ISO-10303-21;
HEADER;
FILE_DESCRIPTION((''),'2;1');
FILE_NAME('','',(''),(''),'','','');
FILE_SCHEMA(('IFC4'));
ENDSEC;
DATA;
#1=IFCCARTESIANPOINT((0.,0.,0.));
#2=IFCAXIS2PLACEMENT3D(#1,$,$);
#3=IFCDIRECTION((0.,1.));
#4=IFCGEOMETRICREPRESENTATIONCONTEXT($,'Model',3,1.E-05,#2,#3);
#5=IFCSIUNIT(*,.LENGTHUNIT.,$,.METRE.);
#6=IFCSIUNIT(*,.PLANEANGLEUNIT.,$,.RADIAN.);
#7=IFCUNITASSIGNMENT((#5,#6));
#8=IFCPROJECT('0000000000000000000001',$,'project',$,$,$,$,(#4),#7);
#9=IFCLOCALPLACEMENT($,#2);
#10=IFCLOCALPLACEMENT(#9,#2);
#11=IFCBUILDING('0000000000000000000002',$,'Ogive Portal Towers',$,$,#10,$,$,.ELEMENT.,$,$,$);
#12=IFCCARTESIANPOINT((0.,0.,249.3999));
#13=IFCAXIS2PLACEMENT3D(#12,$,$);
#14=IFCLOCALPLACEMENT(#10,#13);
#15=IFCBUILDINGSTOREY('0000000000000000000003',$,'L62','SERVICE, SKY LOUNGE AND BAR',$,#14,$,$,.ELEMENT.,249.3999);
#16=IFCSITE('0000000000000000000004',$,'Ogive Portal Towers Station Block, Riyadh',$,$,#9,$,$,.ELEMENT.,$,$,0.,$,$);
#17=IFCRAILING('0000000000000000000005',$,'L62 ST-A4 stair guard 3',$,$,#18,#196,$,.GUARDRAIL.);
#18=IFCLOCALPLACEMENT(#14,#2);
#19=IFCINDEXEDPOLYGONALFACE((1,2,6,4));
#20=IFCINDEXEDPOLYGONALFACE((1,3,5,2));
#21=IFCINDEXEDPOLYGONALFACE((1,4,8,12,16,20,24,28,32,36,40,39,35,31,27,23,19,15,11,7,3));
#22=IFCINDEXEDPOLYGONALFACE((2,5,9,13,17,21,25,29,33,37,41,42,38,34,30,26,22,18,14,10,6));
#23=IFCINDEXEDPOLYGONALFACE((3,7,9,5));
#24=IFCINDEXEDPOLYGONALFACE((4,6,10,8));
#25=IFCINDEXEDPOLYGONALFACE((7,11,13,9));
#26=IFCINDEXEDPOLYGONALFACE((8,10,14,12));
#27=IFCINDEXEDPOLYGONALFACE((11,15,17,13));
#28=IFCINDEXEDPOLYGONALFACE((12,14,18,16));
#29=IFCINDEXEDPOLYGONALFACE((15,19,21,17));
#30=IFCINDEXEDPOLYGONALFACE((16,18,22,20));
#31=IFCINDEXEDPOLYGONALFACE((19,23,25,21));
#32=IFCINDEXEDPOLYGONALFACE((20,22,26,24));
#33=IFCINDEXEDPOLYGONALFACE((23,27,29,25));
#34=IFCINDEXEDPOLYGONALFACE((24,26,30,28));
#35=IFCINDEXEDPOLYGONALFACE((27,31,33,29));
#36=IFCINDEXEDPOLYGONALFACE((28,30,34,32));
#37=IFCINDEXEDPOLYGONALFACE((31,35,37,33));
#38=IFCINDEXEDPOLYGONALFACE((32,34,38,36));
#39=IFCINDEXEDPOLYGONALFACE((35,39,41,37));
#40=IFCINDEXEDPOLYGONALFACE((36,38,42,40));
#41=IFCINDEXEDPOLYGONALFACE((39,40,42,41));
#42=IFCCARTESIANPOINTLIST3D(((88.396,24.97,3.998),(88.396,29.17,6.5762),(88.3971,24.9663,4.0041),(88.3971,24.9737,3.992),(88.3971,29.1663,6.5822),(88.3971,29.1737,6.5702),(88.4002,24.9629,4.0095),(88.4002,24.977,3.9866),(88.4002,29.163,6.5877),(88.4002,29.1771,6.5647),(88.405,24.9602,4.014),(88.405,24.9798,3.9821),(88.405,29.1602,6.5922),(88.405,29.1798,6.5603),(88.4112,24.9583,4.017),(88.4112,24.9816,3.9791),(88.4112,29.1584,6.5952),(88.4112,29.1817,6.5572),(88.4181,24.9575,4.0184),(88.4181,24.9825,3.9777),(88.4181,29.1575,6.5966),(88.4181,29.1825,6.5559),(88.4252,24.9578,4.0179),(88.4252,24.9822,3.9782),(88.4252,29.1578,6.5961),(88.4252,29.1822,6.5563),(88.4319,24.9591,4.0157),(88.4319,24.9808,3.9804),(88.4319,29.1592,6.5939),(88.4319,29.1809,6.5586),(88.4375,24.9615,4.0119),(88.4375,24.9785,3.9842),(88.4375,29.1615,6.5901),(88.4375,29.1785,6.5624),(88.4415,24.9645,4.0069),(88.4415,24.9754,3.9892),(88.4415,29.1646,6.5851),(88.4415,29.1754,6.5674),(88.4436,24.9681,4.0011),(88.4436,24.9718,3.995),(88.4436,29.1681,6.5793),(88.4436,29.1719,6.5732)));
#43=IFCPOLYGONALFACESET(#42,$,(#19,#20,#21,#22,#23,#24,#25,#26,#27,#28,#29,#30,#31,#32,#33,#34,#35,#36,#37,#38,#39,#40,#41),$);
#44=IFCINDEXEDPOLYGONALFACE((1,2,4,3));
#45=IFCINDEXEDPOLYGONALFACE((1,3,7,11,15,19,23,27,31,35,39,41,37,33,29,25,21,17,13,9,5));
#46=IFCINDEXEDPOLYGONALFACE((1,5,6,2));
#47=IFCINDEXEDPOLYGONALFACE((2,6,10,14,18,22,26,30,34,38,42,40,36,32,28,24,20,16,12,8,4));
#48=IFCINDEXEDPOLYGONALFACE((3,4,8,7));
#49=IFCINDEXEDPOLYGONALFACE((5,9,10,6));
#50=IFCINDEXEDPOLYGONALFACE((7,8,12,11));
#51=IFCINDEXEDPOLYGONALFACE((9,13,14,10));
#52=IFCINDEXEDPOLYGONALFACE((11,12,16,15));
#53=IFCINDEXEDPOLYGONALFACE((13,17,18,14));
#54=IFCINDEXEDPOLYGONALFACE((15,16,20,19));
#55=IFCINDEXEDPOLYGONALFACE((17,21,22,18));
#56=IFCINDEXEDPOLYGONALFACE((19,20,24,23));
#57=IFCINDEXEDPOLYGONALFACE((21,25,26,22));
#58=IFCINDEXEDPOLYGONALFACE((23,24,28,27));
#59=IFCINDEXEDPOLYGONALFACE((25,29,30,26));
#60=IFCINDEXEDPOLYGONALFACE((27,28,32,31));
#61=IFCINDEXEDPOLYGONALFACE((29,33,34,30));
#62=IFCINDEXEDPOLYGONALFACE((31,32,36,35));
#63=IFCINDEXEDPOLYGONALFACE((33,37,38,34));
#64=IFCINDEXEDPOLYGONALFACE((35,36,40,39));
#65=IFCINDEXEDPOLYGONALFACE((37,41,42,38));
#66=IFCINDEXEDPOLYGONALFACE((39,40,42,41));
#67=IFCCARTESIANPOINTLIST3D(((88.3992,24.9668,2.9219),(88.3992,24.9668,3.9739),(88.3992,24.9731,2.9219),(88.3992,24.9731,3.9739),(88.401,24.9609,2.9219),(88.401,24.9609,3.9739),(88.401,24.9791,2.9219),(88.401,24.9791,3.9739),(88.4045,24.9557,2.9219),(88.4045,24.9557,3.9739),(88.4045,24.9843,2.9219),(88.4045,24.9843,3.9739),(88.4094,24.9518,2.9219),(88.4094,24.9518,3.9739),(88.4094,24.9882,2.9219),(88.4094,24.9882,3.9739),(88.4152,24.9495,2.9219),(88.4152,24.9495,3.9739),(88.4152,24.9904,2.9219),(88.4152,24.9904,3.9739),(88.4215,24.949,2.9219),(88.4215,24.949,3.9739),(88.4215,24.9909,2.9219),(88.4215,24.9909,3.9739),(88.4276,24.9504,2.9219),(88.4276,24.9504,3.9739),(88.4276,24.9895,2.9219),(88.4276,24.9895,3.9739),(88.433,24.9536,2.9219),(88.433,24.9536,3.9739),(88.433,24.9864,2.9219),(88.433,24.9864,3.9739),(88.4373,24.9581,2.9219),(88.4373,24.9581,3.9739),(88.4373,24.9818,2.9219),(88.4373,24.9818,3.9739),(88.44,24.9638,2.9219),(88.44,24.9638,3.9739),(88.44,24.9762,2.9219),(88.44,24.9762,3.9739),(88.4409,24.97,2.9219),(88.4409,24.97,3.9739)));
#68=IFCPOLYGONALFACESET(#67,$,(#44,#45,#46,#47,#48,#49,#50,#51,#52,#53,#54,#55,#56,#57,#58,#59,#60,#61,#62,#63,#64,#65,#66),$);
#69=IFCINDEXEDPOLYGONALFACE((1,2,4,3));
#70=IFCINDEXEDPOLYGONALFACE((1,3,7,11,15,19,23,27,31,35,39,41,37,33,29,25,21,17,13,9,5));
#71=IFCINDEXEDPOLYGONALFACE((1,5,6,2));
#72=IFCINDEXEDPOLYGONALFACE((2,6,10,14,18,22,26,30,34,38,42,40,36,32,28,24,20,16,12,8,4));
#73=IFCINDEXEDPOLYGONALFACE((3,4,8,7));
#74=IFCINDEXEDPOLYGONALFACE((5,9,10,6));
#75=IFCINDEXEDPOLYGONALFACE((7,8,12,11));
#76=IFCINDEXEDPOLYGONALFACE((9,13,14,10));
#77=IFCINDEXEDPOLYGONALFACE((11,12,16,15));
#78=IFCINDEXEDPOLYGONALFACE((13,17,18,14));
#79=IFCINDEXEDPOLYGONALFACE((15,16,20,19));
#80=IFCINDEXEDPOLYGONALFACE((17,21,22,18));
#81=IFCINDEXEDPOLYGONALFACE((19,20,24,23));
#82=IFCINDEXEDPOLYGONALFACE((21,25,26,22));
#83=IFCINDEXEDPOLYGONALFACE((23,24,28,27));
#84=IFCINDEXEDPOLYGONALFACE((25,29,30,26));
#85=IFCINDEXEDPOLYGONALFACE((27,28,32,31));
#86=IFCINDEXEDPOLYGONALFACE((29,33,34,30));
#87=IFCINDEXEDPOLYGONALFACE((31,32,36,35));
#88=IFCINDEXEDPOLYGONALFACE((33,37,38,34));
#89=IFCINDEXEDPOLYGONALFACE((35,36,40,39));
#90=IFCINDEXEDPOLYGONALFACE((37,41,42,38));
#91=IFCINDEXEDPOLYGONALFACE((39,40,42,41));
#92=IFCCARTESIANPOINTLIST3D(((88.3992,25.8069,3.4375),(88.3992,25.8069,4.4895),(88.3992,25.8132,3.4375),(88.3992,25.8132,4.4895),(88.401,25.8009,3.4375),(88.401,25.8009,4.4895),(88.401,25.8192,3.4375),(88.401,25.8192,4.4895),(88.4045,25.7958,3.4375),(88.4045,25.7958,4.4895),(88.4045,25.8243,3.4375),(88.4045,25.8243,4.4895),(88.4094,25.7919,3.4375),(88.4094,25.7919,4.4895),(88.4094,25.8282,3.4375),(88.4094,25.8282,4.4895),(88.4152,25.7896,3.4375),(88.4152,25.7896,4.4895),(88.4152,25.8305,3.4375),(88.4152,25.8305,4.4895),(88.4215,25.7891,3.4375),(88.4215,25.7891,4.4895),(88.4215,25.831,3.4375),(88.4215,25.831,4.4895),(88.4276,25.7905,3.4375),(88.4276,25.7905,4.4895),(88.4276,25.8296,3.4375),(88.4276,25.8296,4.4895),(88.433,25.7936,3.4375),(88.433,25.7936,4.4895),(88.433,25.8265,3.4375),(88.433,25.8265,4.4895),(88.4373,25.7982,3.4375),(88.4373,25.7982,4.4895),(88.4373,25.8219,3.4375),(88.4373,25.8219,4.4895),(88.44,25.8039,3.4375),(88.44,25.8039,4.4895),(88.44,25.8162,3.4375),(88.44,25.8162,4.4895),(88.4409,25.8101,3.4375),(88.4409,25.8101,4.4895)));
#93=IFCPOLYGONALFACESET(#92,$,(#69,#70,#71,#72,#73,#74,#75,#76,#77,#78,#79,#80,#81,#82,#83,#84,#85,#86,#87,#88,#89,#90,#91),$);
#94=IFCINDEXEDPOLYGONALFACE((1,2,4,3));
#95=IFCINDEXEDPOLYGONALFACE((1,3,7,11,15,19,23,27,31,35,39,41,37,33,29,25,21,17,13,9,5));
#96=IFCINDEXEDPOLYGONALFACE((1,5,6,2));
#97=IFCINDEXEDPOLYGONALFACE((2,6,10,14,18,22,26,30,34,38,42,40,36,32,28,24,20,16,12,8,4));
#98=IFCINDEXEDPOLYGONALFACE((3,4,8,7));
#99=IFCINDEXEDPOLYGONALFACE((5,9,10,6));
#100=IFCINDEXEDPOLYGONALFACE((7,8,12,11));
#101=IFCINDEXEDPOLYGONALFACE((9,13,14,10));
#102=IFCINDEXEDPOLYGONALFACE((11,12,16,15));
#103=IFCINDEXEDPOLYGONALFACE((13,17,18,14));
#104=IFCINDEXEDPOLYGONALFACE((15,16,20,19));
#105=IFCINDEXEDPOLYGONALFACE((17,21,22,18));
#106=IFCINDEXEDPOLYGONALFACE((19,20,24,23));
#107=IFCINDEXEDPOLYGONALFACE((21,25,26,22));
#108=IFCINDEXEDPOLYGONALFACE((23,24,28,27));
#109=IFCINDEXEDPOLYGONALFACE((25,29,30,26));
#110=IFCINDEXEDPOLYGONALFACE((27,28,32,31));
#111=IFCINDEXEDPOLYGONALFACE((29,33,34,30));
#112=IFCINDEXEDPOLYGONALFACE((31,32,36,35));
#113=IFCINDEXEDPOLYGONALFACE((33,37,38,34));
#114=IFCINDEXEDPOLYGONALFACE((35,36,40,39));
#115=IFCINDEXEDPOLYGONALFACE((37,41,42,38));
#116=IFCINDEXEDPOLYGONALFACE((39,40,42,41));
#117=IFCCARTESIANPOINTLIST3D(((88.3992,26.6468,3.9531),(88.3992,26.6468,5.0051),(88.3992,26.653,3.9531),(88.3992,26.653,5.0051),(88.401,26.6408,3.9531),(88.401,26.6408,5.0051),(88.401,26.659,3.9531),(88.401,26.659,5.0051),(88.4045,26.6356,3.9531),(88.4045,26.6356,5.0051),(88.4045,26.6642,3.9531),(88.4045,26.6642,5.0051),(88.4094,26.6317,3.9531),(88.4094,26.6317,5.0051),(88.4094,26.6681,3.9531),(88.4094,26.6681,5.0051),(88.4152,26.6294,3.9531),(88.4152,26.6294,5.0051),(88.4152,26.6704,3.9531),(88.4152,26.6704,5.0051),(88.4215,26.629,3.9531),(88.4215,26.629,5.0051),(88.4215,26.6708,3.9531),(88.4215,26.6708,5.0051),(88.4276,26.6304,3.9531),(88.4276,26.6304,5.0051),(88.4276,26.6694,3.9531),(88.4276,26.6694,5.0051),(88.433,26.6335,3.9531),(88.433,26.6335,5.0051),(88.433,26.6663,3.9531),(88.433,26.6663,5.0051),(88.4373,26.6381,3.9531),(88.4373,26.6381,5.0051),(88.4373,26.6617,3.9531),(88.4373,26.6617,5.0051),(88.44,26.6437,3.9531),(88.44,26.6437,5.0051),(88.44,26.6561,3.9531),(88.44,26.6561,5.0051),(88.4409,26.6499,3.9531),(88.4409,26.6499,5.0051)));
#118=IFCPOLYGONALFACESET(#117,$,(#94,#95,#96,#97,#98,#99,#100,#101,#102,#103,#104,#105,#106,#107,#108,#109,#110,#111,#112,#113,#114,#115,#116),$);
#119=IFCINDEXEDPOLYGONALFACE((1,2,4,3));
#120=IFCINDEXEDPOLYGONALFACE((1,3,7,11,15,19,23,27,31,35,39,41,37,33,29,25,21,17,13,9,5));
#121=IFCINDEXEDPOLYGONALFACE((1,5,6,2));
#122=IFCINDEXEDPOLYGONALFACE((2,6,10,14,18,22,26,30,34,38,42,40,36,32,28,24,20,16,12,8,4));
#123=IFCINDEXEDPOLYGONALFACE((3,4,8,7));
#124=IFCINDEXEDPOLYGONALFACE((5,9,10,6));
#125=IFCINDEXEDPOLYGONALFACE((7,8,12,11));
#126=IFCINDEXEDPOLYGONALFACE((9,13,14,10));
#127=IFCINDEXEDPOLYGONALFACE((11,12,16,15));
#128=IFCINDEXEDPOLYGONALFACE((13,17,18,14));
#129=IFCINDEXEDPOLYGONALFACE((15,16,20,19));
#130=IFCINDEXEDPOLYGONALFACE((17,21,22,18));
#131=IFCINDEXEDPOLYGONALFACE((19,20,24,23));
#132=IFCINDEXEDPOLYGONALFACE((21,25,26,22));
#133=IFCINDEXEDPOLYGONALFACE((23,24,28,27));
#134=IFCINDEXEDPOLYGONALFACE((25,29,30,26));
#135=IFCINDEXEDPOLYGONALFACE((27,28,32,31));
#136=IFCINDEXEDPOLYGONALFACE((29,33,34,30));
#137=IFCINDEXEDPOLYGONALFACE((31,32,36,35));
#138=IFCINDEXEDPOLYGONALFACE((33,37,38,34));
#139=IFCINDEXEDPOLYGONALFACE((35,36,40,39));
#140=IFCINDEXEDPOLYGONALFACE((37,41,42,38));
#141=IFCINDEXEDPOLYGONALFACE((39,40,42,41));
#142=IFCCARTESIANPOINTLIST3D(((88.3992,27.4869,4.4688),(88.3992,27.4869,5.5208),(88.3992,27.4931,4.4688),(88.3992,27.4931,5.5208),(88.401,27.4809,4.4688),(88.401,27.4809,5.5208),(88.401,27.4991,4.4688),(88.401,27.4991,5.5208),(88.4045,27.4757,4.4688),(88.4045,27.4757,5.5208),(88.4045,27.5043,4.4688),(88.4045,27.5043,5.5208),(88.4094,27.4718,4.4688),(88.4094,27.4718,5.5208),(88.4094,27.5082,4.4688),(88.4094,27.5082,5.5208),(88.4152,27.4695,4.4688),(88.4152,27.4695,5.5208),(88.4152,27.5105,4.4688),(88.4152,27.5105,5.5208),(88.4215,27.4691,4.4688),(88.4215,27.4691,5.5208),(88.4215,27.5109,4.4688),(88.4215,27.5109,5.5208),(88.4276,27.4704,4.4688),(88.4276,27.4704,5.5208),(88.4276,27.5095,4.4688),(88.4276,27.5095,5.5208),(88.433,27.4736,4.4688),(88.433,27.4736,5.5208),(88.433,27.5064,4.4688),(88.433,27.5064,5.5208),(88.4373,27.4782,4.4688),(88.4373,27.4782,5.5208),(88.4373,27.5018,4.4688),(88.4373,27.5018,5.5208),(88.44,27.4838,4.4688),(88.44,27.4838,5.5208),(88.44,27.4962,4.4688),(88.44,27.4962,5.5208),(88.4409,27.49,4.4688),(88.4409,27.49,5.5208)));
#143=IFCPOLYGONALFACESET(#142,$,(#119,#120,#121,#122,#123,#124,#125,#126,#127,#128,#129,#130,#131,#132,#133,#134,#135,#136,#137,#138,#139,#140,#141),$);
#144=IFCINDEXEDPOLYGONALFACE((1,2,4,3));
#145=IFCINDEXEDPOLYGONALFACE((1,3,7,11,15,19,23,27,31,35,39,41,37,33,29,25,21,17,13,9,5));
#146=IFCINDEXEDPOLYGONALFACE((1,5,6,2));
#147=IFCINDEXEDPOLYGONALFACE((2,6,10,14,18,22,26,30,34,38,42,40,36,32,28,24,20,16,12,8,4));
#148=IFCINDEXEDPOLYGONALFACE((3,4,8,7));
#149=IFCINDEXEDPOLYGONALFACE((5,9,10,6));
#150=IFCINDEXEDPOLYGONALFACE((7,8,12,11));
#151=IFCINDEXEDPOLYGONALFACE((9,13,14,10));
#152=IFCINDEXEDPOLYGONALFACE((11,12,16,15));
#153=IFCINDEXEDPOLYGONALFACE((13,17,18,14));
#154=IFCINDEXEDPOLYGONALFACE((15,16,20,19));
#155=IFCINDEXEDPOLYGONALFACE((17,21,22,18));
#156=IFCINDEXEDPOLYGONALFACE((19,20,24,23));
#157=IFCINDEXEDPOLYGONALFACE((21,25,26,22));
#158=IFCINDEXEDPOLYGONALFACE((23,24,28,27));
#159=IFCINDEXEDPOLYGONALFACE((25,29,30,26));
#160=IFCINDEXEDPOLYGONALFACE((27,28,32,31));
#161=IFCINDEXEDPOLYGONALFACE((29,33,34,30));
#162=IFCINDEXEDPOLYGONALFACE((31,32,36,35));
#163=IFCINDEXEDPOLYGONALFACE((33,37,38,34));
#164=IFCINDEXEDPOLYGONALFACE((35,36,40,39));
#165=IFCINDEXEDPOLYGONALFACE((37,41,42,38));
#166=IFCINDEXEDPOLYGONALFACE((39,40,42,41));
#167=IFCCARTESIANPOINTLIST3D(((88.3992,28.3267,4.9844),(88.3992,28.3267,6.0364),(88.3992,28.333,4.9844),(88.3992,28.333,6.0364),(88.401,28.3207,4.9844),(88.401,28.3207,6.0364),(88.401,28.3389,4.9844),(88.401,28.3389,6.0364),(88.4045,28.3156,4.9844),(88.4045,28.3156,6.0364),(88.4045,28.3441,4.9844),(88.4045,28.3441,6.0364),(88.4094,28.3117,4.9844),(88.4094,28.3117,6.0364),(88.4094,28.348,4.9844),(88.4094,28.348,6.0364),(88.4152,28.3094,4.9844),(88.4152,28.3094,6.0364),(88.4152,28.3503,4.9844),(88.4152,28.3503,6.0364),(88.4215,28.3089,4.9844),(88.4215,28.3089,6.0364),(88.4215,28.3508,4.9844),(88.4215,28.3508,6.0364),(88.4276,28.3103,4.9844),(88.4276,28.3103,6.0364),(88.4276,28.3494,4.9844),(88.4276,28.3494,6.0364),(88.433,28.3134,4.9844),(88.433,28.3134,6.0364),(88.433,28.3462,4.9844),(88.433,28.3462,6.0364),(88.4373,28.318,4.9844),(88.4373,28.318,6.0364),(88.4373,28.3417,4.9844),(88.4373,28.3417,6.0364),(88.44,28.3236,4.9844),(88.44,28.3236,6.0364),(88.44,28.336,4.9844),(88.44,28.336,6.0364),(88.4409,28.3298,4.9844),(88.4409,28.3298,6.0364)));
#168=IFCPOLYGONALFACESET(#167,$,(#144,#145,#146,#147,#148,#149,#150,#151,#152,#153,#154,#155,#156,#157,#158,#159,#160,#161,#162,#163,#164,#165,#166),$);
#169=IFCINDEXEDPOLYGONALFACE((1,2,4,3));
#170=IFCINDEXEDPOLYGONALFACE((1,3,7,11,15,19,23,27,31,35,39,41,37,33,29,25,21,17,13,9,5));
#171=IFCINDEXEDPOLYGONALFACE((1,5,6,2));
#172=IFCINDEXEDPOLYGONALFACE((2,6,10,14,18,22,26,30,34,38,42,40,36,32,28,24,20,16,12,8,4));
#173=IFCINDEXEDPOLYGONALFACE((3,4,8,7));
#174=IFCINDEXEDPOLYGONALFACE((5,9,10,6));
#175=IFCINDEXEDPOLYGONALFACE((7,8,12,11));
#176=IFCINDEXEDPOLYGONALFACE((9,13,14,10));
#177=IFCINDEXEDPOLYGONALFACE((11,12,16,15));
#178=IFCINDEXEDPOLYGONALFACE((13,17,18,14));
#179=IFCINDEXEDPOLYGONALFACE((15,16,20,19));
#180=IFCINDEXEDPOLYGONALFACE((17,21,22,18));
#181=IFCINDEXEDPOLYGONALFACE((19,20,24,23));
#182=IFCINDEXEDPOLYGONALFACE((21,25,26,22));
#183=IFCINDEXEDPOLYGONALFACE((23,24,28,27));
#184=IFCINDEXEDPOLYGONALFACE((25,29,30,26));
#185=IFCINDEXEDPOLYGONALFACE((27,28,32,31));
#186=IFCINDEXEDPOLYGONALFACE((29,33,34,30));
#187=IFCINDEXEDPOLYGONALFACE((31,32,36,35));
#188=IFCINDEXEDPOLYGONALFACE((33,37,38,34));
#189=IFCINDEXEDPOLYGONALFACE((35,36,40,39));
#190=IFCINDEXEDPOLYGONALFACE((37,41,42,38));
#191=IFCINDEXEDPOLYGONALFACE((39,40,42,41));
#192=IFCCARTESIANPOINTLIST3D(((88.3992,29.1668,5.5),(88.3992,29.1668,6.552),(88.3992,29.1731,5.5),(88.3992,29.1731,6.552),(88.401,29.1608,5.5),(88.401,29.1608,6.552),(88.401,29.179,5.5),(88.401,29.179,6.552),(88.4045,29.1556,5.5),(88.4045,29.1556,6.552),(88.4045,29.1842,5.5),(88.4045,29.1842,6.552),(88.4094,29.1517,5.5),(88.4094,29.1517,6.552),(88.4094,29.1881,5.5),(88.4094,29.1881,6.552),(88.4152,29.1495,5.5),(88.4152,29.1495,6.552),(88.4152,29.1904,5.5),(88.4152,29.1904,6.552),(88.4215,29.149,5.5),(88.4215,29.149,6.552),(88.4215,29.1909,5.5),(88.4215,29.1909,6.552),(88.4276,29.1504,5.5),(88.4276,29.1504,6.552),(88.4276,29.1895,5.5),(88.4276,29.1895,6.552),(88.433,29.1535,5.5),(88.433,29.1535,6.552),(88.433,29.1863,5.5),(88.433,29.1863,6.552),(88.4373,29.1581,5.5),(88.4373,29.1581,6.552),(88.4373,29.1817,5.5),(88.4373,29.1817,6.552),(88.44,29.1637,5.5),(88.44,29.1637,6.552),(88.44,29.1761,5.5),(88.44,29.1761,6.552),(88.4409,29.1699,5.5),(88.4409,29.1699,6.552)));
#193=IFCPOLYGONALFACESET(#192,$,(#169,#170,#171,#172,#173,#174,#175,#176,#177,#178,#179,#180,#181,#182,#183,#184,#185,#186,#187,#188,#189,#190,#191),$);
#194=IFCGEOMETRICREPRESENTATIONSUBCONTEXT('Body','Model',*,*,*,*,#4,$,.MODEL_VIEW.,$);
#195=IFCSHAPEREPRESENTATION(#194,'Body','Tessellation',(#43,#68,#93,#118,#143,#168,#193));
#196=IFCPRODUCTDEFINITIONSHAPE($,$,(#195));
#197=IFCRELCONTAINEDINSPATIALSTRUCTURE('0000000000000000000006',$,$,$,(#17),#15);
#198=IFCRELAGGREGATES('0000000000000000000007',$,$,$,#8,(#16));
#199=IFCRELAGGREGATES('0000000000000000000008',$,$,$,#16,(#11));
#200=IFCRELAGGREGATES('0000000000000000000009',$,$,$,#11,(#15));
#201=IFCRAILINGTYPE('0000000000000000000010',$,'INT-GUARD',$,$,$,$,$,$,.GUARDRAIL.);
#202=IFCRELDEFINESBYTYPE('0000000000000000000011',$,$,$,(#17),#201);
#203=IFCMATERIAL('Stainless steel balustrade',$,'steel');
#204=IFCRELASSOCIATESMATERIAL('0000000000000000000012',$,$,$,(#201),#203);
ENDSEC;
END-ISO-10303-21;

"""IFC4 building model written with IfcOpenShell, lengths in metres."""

from ifc_helpers import new_model, si_unit, direction, frame, origin, origin_2d, place, context, subcontext, project, spatial, circle, extrude, material, type_object, element, save


model = new_model("IFC4")

# Units and contexts
model_context = context("Model", 3, precision=1e-05, world=origin(), true_north=direction((0.0, 1.0)))
body_context = subcontext(model_context, "Body", "Model", "MODEL_VIEW")
ifc_project = project(units=[si_unit("LENGTHUNIT", "METRE"), si_unit("PLANEANGLEUNIT", "RADIAN")], contexts=[model_context])

# Site, building, storey
site_placement = place(None, origin())
site = spatial("IfcSite", under=ifc_project, at=site_placement, Name="Ogive Portal Towers Station Block, Riyadh", CompositionType="ELEMENT", RefElevation=0.0)
building_placement = place(site_placement, origin())
building = spatial("IfcBuilding", under=site, at=building_placement, Name="Ogive Portal Towers", CompositionType="ELEMENT")
storey_placement = place(building_placement, frame((0.0, 0.0, 249.3999)))
storey = spatial("IfcBuildingStorey", under=building, at=storey_placement, Name="L62", Description="SERVICE, SKY LOUNGE AND BAR", CompositionType="ELEMENT", Elevation=249.3999)

# Railing
ifc_material_1 = material(Name="Stainless steel balustrade", Category="steel")
railing_type_1 = type_object("IfcRailingType", Name="INT-GUARD", PredefinedType="GUARDRAIL", material=ifc_material_1)
railing_1_placement = place(storey_placement, frame((88.4199, 24.97, 2.9219)))
element("IfcRailing", 1, at=railing_1_placement, inside=storey, type_object=railing_type_1, Name="L62 ST-A4 stair guard 3", PredefinedType="GUARDRAIL", context=body_context, shape_type="SweptSolid", body=[
    extrude(circle(Radius=0.0239, at=origin_2d()), frame((0.0, 0.0, 1.0762), z_axis=(0.0, 0.852243, 0.523146), x_axis=(-1.0, 0.0, 0.0)), (0.0, 0.0, 1.0), 4.9282),
    extrude(circle(Radius=0.021, at=origin_2d()), origin(), (0.0, 0.0, 1.0), 1.052),
    extrude(circle(Radius=0.021, at=origin_2d()), frame((0.0, 0.8401, 0.5156)), (0.0, 0.0, 1.0), 1.052),
    extrude(circle(Radius=0.021, at=origin_2d()), frame((0.0, 1.6799, 1.0312)), (0.0, 0.0, 1.0), 1.052),
    extrude(circle(Radius=0.021, at=origin_2d()), frame((0.0, 2.52, 1.5469)), (0.0, 0.0, 1.0), 1.052),
    extrude(circle(Radius=0.021, at=origin_2d()), frame((0.0, 3.3599, 2.0625)), (0.0, 0.0, 1.0), 1.052),
    extrude(circle(Radius=0.021, at=origin_2d()), frame((0.0, 4.2, 2.5781)), (0.0, 0.0, 1.0), 1.052),
])

save(model, "model.ifc")
